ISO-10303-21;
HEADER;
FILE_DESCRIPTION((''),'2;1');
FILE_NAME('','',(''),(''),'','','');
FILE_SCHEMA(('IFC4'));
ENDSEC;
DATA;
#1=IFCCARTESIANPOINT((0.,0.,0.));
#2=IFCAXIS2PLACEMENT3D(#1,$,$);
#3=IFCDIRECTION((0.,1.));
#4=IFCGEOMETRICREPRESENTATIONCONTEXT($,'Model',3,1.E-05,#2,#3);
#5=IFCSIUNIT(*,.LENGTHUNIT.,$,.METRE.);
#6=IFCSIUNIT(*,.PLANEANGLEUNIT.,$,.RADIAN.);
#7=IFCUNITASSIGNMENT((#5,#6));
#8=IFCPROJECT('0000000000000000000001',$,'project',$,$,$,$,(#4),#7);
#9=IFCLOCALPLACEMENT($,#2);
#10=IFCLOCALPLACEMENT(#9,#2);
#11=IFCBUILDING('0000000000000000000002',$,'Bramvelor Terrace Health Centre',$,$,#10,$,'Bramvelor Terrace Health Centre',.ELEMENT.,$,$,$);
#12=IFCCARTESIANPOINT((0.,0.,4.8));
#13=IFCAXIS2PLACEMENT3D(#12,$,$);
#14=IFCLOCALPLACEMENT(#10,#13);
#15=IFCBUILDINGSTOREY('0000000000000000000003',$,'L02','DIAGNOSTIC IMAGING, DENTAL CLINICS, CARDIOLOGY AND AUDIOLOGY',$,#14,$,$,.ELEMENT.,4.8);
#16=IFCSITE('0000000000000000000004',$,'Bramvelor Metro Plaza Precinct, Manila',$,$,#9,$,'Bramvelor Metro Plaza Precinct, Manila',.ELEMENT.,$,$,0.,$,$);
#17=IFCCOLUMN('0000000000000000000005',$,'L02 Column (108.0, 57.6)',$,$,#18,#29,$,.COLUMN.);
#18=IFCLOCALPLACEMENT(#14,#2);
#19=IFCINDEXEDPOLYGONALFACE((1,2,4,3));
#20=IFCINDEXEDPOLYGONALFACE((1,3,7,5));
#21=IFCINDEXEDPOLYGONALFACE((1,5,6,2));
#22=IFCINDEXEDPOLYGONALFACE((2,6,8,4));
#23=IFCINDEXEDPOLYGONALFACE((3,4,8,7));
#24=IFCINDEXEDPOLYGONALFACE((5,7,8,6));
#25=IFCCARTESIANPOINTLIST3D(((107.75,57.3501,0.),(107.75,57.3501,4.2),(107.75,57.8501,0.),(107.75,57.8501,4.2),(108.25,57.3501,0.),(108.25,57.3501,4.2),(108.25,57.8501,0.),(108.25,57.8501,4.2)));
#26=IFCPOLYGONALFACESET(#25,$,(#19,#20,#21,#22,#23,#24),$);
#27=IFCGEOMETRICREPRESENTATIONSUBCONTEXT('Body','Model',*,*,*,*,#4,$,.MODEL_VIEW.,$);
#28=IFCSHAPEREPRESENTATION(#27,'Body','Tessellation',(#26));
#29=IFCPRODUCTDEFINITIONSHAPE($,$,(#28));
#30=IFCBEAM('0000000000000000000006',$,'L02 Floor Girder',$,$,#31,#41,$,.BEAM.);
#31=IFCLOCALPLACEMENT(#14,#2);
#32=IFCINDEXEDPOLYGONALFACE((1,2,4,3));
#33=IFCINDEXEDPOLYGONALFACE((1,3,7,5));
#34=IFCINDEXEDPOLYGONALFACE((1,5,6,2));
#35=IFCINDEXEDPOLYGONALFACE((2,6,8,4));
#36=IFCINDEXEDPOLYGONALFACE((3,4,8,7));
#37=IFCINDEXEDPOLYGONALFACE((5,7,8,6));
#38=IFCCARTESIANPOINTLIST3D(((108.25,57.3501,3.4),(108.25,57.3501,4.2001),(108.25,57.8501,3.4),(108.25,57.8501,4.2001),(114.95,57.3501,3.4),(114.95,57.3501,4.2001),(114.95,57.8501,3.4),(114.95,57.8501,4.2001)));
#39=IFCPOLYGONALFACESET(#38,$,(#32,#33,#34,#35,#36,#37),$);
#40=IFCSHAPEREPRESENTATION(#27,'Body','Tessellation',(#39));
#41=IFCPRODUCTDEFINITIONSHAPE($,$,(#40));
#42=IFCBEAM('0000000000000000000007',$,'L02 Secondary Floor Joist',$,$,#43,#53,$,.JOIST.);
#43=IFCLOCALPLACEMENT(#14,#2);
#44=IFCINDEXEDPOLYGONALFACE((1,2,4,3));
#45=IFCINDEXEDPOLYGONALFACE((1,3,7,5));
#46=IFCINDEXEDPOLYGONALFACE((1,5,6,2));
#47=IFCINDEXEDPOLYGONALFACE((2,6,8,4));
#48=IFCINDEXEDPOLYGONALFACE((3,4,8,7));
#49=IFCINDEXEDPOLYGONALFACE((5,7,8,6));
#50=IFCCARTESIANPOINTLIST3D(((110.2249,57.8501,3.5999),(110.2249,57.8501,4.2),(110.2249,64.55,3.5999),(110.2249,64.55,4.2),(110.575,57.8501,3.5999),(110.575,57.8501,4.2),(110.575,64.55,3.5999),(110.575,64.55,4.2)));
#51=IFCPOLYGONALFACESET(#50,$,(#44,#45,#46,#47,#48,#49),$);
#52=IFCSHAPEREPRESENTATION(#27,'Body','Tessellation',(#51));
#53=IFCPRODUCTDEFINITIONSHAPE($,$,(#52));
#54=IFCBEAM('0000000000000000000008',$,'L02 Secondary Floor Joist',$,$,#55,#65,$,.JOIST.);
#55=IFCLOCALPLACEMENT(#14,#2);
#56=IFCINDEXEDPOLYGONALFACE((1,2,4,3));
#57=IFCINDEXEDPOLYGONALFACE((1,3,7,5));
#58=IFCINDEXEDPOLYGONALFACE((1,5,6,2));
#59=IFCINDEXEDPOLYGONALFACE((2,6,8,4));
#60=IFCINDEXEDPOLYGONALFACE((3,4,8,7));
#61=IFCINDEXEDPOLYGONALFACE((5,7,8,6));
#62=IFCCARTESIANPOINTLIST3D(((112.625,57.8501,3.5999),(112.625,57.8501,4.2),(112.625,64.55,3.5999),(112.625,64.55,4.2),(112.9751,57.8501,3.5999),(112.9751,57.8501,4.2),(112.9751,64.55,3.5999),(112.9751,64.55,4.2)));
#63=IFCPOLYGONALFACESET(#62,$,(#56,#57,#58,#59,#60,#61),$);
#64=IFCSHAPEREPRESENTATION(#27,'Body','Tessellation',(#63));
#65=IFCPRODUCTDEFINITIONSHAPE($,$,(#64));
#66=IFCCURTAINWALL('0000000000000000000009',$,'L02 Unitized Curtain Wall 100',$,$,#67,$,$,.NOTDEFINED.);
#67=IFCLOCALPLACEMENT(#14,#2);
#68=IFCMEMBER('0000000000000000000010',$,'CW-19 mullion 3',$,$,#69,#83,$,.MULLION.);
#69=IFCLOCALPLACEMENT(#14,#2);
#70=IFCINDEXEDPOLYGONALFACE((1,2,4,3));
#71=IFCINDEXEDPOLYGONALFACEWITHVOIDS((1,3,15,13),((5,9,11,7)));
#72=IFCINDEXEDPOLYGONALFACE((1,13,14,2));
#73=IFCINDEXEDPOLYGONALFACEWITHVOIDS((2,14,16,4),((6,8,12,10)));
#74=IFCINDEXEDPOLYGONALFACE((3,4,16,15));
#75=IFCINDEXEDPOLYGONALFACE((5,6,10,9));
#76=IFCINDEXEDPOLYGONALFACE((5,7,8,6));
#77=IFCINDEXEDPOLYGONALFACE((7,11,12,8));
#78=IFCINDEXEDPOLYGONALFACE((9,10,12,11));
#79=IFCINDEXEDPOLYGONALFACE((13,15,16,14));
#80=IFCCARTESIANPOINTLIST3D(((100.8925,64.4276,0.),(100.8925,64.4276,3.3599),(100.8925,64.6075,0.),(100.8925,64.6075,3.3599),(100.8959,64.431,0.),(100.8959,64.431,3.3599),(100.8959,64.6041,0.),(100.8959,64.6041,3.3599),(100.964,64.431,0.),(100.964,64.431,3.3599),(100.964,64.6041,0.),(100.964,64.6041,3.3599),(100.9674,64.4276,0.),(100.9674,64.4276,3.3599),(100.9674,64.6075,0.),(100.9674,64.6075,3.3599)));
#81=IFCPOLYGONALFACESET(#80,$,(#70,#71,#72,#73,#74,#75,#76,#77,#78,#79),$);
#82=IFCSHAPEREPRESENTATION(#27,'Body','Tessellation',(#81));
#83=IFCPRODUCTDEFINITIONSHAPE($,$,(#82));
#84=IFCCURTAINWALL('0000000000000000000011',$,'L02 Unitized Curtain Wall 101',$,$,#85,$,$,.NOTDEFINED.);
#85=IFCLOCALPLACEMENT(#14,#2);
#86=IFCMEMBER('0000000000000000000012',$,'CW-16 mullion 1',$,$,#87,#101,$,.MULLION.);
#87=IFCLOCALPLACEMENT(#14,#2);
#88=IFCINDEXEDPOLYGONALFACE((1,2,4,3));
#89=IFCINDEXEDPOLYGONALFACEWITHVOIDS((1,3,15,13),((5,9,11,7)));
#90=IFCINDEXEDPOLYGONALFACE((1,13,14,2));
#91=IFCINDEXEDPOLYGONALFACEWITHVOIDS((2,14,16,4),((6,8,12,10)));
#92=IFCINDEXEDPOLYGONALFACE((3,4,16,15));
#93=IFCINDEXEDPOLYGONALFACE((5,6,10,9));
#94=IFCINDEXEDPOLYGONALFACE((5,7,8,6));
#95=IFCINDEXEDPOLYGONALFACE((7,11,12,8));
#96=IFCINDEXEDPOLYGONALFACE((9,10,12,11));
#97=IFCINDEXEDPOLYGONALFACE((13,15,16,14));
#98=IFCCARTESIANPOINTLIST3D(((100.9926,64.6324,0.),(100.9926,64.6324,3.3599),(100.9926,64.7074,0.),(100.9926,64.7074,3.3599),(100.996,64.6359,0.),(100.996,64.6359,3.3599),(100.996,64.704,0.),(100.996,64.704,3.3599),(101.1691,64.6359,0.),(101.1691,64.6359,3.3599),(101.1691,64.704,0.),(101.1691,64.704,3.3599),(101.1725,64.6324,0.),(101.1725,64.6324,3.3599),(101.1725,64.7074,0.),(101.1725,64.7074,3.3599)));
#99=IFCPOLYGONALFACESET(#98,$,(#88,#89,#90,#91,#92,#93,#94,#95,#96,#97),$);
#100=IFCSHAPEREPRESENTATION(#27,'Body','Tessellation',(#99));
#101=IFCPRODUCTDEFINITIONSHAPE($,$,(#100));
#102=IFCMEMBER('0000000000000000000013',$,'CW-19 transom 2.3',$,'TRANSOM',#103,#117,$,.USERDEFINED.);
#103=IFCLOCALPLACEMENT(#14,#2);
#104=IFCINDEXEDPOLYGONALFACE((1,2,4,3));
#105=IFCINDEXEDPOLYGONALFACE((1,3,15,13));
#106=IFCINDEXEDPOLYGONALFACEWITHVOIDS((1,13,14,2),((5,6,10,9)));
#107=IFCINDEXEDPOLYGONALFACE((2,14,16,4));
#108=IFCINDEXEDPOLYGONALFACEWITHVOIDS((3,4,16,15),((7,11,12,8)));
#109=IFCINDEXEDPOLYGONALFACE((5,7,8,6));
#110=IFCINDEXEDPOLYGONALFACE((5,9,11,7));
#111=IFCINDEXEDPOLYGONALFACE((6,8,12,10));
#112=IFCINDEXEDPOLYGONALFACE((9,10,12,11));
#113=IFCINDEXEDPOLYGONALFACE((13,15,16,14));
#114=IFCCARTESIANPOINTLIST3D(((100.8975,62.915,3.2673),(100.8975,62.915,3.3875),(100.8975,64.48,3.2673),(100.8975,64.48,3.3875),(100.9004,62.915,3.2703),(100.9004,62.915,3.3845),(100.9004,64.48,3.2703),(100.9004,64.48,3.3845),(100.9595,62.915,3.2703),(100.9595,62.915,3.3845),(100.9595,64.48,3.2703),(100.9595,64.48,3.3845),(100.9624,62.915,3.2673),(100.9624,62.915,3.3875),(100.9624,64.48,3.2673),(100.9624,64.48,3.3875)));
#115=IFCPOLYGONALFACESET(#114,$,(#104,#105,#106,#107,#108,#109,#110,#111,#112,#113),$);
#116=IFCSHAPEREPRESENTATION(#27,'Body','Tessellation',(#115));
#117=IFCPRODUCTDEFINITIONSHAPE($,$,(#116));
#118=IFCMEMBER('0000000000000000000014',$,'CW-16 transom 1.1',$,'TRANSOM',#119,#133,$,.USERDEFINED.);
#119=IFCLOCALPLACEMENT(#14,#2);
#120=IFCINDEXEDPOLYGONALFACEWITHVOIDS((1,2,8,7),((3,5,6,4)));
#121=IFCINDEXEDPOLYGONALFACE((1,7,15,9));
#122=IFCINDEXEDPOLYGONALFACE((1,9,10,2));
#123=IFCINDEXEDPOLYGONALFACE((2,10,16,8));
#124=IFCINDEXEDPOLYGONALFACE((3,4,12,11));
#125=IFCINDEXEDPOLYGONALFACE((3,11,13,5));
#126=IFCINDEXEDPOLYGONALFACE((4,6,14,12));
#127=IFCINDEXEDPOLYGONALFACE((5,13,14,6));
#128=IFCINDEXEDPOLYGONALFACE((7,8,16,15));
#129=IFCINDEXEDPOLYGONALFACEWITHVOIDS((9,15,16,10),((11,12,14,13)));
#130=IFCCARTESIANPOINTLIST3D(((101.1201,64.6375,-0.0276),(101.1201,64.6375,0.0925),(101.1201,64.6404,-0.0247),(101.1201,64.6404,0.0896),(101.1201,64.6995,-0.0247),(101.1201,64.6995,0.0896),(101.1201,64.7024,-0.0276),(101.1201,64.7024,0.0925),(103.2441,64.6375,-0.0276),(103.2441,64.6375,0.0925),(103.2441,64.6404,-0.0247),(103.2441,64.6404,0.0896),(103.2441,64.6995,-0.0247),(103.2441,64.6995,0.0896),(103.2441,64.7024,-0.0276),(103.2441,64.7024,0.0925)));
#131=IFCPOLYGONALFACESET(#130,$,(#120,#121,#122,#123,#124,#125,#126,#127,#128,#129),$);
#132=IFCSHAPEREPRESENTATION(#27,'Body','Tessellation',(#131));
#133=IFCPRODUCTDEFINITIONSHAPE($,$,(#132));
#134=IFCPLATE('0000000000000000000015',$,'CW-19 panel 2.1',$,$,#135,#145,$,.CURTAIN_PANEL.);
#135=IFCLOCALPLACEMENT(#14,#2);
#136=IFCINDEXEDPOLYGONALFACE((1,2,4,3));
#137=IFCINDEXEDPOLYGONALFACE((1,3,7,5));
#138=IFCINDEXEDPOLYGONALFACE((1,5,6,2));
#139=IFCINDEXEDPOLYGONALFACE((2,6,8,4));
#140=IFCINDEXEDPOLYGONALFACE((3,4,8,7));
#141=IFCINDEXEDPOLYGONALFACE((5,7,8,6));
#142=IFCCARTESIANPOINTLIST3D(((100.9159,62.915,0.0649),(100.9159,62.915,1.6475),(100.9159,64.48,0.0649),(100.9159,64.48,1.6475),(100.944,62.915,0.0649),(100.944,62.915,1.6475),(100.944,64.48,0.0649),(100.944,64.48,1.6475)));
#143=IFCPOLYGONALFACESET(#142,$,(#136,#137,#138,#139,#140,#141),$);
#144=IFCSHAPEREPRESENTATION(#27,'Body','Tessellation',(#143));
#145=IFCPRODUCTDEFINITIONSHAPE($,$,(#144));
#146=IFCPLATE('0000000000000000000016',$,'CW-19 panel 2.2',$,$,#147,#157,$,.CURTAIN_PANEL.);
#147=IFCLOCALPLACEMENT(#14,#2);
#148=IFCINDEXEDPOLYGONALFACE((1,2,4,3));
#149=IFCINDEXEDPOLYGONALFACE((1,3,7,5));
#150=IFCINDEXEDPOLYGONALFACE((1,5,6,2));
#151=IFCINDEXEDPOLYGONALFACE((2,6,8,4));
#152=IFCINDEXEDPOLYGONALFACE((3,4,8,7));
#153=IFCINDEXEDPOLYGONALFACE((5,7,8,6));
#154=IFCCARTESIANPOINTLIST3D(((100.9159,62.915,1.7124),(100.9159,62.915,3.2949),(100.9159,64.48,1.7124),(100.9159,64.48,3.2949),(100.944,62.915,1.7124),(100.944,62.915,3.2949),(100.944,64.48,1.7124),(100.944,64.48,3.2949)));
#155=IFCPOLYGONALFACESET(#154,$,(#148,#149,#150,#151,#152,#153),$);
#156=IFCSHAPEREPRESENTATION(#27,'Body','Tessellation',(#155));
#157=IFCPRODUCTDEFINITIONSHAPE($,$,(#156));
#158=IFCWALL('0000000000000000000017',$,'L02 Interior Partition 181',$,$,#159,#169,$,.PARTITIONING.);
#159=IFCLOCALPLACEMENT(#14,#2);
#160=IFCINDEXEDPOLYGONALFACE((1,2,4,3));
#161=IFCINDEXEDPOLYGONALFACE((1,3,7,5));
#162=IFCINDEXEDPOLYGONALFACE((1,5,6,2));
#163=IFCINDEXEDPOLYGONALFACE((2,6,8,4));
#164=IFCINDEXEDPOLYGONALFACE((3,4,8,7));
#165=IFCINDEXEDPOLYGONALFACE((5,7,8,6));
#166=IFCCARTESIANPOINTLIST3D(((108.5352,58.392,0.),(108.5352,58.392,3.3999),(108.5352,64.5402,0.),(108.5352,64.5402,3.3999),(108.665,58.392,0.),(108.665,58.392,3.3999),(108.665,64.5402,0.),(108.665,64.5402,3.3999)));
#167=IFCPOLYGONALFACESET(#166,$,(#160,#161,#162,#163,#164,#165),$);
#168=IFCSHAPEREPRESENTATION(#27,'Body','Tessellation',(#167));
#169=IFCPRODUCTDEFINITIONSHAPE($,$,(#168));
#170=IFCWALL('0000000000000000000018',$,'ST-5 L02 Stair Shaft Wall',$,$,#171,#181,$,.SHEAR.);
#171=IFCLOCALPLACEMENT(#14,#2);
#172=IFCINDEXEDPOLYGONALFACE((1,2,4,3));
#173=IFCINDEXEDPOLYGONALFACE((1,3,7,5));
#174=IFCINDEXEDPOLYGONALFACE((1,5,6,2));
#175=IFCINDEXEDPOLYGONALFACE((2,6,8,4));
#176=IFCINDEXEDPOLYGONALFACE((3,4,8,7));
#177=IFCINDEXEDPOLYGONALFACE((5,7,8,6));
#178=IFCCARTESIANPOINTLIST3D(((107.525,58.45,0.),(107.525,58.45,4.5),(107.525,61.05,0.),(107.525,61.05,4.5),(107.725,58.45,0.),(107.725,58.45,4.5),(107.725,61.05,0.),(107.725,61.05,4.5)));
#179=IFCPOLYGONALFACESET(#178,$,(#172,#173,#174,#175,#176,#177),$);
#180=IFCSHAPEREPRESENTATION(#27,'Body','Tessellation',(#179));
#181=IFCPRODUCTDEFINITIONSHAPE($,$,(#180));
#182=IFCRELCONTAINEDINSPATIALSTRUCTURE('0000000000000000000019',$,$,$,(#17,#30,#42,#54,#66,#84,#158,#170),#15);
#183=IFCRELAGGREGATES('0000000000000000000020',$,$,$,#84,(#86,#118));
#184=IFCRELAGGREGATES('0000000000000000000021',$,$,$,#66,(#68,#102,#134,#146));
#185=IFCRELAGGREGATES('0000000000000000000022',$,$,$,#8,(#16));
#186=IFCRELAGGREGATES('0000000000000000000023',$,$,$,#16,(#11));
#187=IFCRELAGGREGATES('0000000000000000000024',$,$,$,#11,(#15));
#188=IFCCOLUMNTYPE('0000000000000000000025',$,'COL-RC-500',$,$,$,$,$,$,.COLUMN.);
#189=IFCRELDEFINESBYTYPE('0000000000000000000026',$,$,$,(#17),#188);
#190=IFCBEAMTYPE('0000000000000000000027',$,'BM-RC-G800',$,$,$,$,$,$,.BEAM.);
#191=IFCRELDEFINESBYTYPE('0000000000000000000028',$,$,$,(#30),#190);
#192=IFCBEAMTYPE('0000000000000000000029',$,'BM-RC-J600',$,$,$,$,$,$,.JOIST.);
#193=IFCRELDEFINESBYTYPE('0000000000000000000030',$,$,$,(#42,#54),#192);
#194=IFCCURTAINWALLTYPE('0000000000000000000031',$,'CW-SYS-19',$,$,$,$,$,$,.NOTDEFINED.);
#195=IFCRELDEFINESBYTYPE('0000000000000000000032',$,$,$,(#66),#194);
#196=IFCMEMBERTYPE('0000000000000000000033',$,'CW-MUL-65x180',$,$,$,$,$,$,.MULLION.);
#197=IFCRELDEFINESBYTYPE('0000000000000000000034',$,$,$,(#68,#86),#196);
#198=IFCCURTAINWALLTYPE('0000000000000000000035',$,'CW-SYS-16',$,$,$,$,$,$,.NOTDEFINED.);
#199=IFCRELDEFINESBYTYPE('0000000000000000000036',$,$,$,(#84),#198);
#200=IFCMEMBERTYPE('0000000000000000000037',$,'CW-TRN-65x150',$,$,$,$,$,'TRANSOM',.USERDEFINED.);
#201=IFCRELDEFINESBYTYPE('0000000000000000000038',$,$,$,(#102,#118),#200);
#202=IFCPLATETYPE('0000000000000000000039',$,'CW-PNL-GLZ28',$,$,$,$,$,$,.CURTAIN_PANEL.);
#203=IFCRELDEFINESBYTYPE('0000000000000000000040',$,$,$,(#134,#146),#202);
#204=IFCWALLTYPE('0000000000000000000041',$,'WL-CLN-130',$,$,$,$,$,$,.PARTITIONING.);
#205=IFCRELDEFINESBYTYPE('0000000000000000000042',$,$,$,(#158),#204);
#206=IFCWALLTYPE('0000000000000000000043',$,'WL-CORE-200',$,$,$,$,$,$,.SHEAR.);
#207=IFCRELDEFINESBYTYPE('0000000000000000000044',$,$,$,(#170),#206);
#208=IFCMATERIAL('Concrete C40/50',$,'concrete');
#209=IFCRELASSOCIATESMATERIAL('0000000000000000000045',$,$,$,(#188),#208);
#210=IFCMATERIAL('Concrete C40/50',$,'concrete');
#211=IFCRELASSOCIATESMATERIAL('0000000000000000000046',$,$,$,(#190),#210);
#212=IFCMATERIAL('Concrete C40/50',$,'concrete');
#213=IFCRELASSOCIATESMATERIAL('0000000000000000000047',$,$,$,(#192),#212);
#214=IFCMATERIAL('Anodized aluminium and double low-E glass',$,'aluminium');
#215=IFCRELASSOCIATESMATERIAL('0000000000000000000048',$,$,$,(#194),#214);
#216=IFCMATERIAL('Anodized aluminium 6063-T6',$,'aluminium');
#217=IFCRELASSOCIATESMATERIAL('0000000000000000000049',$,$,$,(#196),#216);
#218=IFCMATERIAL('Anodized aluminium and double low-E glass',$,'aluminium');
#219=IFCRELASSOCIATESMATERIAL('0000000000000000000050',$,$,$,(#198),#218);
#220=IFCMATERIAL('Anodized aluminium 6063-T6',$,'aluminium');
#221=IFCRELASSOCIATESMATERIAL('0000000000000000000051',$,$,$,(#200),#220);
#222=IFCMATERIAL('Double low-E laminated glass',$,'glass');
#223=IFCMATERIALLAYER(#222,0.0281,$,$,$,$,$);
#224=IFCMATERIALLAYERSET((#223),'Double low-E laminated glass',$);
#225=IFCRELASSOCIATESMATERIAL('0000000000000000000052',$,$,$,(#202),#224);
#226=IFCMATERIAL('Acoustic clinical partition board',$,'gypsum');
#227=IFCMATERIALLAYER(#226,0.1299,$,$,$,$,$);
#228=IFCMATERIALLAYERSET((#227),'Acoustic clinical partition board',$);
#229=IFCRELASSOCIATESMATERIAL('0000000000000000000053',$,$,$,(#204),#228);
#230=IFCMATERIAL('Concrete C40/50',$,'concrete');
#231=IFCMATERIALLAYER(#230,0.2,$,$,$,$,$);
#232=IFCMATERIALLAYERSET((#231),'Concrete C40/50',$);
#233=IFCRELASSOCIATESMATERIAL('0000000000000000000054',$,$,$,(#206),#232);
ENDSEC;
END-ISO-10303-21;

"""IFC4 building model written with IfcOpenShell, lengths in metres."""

from ifc_helpers import new_model, si_unit, direction, frame, frame_2d, origin, origin_2d, place, context, subcontext, project, spatial, rectangle, hollow_rectangle, extrude, material, layer, layer_set, material_profile, profile_set, type_object, element, aggregate, save


model = new_model("IFC4")

# Units and contexts
model_context = context("Model", 3, precision=1e-05, world=origin(), true_north=direction((0.0, 1.0)))
body_context = subcontext(model_context, "Body", "Model", "MODEL_VIEW")
ifc_project = project(units=[si_unit("LENGTHUNIT", "METRE"), si_unit("PLANEANGLEUNIT", "RADIAN")], contexts=[model_context])

# Site, building, storey
site_placement = place(None, origin())
site = spatial("IfcSite", under=ifc_project, at=site_placement, Name="Bramvelor Metro Plaza Precinct, Manila", LongName="Bramvelor Metro Plaza Precinct, Manila", CompositionType="ELEMENT", RefElevation=0.0)
building_placement = place(site_placement, origin())
building = spatial("IfcBuilding", under=site, at=building_placement, Name="Bramvelor Terrace Health Centre", LongName="Bramvelor Terrace Health Centre", CompositionType="ELEMENT")
storey_placement = place(building_placement, frame((0.0, 0.0, 4.8)))
storey = spatial("IfcBuildingStorey", under=building, at=storey_placement, Name="L02", Description="DIAGNOSTIC IMAGING, DENTAL CLINICS, CARDIOLOGY AND AUDIOLOGY", CompositionType="ELEMENT", Elevation=4.8)

# Column
ifc_material_1 = material(Name="Concrete C40/50", Category="concrete")
ifc_material_profile_1 = material_profile(ifc_material_1, rectangle(XDim=0.5, YDim=0.5, at=origin_2d()), Name="RC 500x500")
ifc_profile_set_1 = profile_set([ifc_material_profile_1], Name="Concrete C40/50")
column_type = type_object("IfcColumnType", Name="COL-RC-500", PredefinedType="COLUMN", material=ifc_profile_set_1)
column_placement = place(storey_placement, frame((108.0, 57.6001, 0.0), z_axis=(0.0, 0.0, 1.0), x_axis=(1.0, 0.0, 0.0)))
element("IfcColumn", 1, at=column_placement, inside=storey, type_object=column_type, Name="L02 Column (108.0, 57.6)", PredefinedType="COLUMN", context=body_context, shape_type="SweptSolid", body=[
    extrude(rectangle(XDim=0.5, YDim=0.5, at=origin_2d()), origin(), (0.0, 0.0, 1.0), 4.2),
])

# Beams
ifc_material_2 = material(Name="Concrete C40/50", Category="concrete")
ifc_material_profile_2 = material_profile(ifc_material_2, rectangle(XDim=0.5, YDim=0.8, at=origin_2d()), Name="RC 500x800")
ifc_profile_set_2 = profile_set([ifc_material_profile_2], Name="Concrete C40/50")
beam_type_1 = type_object("IfcBeamType", Name="BM-RC-G800", PredefinedType="BEAM", material=ifc_profile_set_2)
beam_placement = place(storey_placement, frame((108.25, 57.6001, 3.8), z_axis=(1.0, 0.0, 0.0), x_axis=(0.0, 1.0, 0.0)))
element("IfcBeam", 2, at=beam_placement, inside=storey, type_object=beam_type_1, Name="L02 Floor Girder", PredefinedType="BEAM", context=body_context, shape_type="SweptSolid", body=[
    extrude(rectangle(XDim=0.5, YDim=0.8, at=origin_2d()), origin(), (0.0, 0.0, 1.0), 6.7),
])
ifc_material_3 = material(Name="Concrete C40/50", Category="concrete")
ifc_material_profile_3 = material_profile(ifc_material_3, rectangle(XDim=0.3501, YDim=0.6001, at=origin_2d()), Name="RC 350x600")
ifc_profile_set_3 = profile_set([ifc_material_profile_3], Name="Concrete C40/50")
beam_type_2 = type_object("IfcBeamType", Name="BM-RC-J600", PredefinedType="JOIST", material=ifc_profile_set_3)
for number, where, z_axis, x_axis, name in (
    (3, (110.3999, 57.8501, 3.8999), (0.0, 1.0, 0.0), (-1.0, 0.0, 0.0), "L02 Secondary Floor Joist"),
    (4, (112.8, 57.8501, 3.8999), (0.0, 1.0, 0.0), (-1.0, 0.0, 0.0), "L02 Secondary Floor Joist"),
):
    element("IfcBeam", number, at=place(storey_placement, frame(where, z_axis=z_axis, x_axis=x_axis)), inside=storey, type_object=beam_type_2, Name=name, PredefinedType="JOIST", context=body_context, shape_type="SweptSolid", body=[
        extrude(rectangle(XDim=0.3501, YDim=0.6001, at=origin_2d()), origin(), (0.0, 0.0, 1.0), 6.7),
    ])

# Curtain walls, members
ifc_material_4 = material(Name="Anodized aluminium and double low-E glass", Category="aluminium")
curtain_wall_type_1 = type_object("IfcCurtainWallType", Name="CW-SYS-19", PredefinedType="NOTDEFINED", material=ifc_material_4)
curtain_wall_1_placement = place(storey_placement, origin())
curtain_wall_1 = element("IfcCurtainWall", 5, at=curtain_wall_1_placement, inside=storey, type_object=curtain_wall_type_1, Name="L02 Unitized Curtain Wall 100", PredefinedType="NOTDEFINED")
ifc_material_5 = material(Name="Anodized aluminium 6063-T6", Category="aluminium")
ifc_material_profile_4 = material_profile(ifc_material_5, hollow_rectangle(XDim=0.075, YDim=0.1799, WallThickness=0.0034, at=origin_2d()), Name="ALU-MUL 75x180x3.5")
ifc_profile_set_4 = profile_set([ifc_material_profile_4], Name="Anodized aluminium 6063-T6")
member_type_1 = type_object("IfcMemberType", Name="CW-MUL-65x180", PredefinedType="MULLION", material=ifc_profile_set_4)
member_1_placement = place(storey_placement, frame((100.9299, 64.5176, 0.0), z_axis=(0.0, 0.0, 1.0), x_axis=(-1.0, 0.0, 0.0)))
member_1 = element("IfcMember", 6, at=member_1_placement, type_object=member_type_1, Name="CW-19 mullion 3", PredefinedType="MULLION", context=body_context, shape_type="SweptSolid", body=[
    extrude(hollow_rectangle(XDim=0.075, YDim=0.1799, WallThickness=0.0034, at=origin_2d()), origin(), (0.0, 0.0, 1.0), 3.3599),
])
ifc_material_6 = material(Name="Anodized aluminium and double low-E glass", Category="aluminium")
curtain_wall_type_2 = type_object("IfcCurtainWallType", Name="CW-SYS-16", PredefinedType="NOTDEFINED", material=ifc_material_6)
curtain_wall_2_placement = place(storey_placement, origin())
curtain_wall_2 = element("IfcCurtainWall", 7, at=curtain_wall_2_placement, inside=storey, type_object=curtain_wall_type_2, Name="L02 Unitized Curtain Wall 101", PredefinedType="NOTDEFINED")
member_2_placement = place(storey_placement, frame((101.0825, 64.6699, 0.0), z_axis=(0.0, 0.0, 1.0), x_axis=(0.0, 1.0, 0.0)))
member_2 = element("IfcMember", 8, at=member_2_placement, type_object=member_type_1, Name="CW-16 mullion 1", PredefinedType="MULLION", context=body_context, shape_type="SweptSolid", body=[
    extrude(hollow_rectangle(XDim=0.075, YDim=0.1799, WallThickness=0.0034, at=origin_2d()), origin(), (0.0, 0.0, 1.0), 3.3599),
])

# Members
ifc_material_7 = material(Name="Anodized aluminium 6063-T6", Category="aluminium")
ifc_material_profile_5 = material_profile(ifc_material_7, hollow_rectangle(XDim=0.0649, YDim=0.1201, WallThickness=0.0029, at=origin_2d()), Name="ALU-TRN 65x120x3.0")
ifc_profile_set_5 = profile_set([ifc_material_profile_5], Name="Anodized aluminium 6063-T6")
member_type_2 = type_object("IfcMemberType", Name="CW-TRN-65x150", ElementType="TRANSOM", PredefinedType="USERDEFINED", material=ifc_profile_set_5)
member_3_placement = place(storey_placement, frame((100.9299, 62.915, 3.3274), z_axis=(0.0, 1.0, 0.0), x_axis=(-1.0, 0.0, 0.0)))
member_3 = element("IfcMember", 9, at=member_3_placement, type_object=member_type_2, Name="CW-19 transom 2.3", ObjectType="TRANSOM", PredefinedType="USERDEFINED", context=body_context, shape_type="SweptSolid", body=[
    extrude(hollow_rectangle(XDim=0.0649, YDim=0.1201, WallThickness=0.0029, at=origin_2d()), origin(), (0.0, 0.0, 1.0), 1.5649),
])
member_4_placement = place(storey_placement, frame((101.1201, 64.6699, 0.0325), z_axis=(1.0, 0.0, 0.0), x_axis=(0.0, 1.0, 0.0)))
member_4 = element("IfcMember", 10, at=member_4_placement, type_object=member_type_2, Name="CW-16 transom 1.1", ObjectType="TRANSOM", PredefinedType="USERDEFINED", context=body_context, shape_type="SweptSolid", body=[
    extrude(hollow_rectangle(XDim=0.0649, YDim=0.1201, WallThickness=0.0029, at=origin_2d()), origin(), (0.0, 0.0, 1.0), 2.124),
])
aggregate(curtain_wall_2, [member_2, member_4])

# Plates
ifc_material_8 = material(Name="Double low-E laminated glass", Category="glass")
ifc_layer_1 = layer(ifc_material_8, 0.0281)
ifc_layer_set_1 = layer_set([ifc_layer_1], Name="Double low-E laminated glass")
plate_type = type_object("IfcPlateType", Name="CW-PNL-GLZ28", PredefinedType="CURTAIN_PANEL", material=ifc_layer_set_1)
plate_1_placement = place(storey_placement, frame((100.9299, 63.6975, 0.0649), z_axis=(0.0, 0.0, 1.0), x_axis=(0.0, 1.0, 0.0)))
plate_1 = element("IfcPlate", 11, at=plate_1_placement, type_object=plate_type, Name="CW-19 panel 2.1", PredefinedType="CURTAIN_PANEL", context=body_context, shape_type="SweptSolid", body=[
    extrude(rectangle(XDim=1.5649, YDim=0.0281, at=origin_2d()), origin(), (0.0, 0.0, 1.0), 1.5825),
])
plate_2_placement = place(storey_placement, frame((100.9299, 63.6975, 1.7124), z_axis=(0.0, 0.0, 1.0), x_axis=(0.0, 1.0, 0.0)))
plate_2 = element("IfcPlate", 12, at=plate_2_placement, type_object=plate_type, Name="CW-19 panel 2.2", PredefinedType="CURTAIN_PANEL", context=body_context, shape_type="SweptSolid", body=[
    extrude(rectangle(XDim=1.5649, YDim=0.0281, at=origin_2d()), origin(), (0.0, 0.0, 1.0), 1.5825),
])
aggregate(curtain_wall_1, [member_1, member_3, plate_1, plate_2])

# Walls
ifc_material_9 = material(Name="Acoustic clinical partition board", Category="gypsum")
ifc_layer_2 = layer(ifc_material_9, 0.1299)
ifc_layer_set_2 = layer_set([ifc_layer_2], Name="Acoustic clinical partition board")
wall_type_1 = type_object("IfcWallType", Name="WL-CLN-130", PredefinedType="PARTITIONING", material=ifc_layer_set_2)
wall_1_placement = place(storey_placement, frame((108.6001, 58.3918, 0.0), z_axis=(0.0, 0.0, 1.0), x_axis=(0.0, 1.0, 0.0)))
element("IfcWall", 13, at=wall_1_placement, inside=storey, type_object=wall_type_1, Name="L02 Interior Partition 181", PredefinedType="PARTITIONING", context=body_context, shape_type="SweptSolid", body=[
    extrude(rectangle(XDim=6.1482, YDim=0.1299, at=frame_2d((3.0742, 0.0))), origin(), (0.0, 0.0, 1.0), 3.3999),
])
ifc_material_10 = material(Name="Concrete C40/50", Category="concrete")
ifc_layer_3 = layer(ifc_material_10, 0.2)
ifc_layer_set_3 = layer_set([ifc_layer_3], Name="Concrete C40/50")
wall_type_2 = type_object("IfcWallType", Name="WL-CORE-200", PredefinedType="SHEAR", material=ifc_layer_set_3)
wall_2_placement = place(storey_placement, frame((107.625, 58.45, 0.0), z_axis=(0.0, 0.0, 1.0), x_axis=(0.0, 1.0, 0.0)))
element("IfcWall", 14, at=wall_2_placement, inside=storey, type_object=wall_type_2, Name="ST-5 L02 Stair Shaft Wall", PredefinedType="SHEAR", context=body_context, shape_type="SweptSolid", body=[
    extrude(rectangle(XDim=2.6001, YDim=0.2, at=frame_2d((1.3, 0.0))), origin(), (0.0, 0.0, 1.0), 4.5),
])

save(model, "model.ifc")
